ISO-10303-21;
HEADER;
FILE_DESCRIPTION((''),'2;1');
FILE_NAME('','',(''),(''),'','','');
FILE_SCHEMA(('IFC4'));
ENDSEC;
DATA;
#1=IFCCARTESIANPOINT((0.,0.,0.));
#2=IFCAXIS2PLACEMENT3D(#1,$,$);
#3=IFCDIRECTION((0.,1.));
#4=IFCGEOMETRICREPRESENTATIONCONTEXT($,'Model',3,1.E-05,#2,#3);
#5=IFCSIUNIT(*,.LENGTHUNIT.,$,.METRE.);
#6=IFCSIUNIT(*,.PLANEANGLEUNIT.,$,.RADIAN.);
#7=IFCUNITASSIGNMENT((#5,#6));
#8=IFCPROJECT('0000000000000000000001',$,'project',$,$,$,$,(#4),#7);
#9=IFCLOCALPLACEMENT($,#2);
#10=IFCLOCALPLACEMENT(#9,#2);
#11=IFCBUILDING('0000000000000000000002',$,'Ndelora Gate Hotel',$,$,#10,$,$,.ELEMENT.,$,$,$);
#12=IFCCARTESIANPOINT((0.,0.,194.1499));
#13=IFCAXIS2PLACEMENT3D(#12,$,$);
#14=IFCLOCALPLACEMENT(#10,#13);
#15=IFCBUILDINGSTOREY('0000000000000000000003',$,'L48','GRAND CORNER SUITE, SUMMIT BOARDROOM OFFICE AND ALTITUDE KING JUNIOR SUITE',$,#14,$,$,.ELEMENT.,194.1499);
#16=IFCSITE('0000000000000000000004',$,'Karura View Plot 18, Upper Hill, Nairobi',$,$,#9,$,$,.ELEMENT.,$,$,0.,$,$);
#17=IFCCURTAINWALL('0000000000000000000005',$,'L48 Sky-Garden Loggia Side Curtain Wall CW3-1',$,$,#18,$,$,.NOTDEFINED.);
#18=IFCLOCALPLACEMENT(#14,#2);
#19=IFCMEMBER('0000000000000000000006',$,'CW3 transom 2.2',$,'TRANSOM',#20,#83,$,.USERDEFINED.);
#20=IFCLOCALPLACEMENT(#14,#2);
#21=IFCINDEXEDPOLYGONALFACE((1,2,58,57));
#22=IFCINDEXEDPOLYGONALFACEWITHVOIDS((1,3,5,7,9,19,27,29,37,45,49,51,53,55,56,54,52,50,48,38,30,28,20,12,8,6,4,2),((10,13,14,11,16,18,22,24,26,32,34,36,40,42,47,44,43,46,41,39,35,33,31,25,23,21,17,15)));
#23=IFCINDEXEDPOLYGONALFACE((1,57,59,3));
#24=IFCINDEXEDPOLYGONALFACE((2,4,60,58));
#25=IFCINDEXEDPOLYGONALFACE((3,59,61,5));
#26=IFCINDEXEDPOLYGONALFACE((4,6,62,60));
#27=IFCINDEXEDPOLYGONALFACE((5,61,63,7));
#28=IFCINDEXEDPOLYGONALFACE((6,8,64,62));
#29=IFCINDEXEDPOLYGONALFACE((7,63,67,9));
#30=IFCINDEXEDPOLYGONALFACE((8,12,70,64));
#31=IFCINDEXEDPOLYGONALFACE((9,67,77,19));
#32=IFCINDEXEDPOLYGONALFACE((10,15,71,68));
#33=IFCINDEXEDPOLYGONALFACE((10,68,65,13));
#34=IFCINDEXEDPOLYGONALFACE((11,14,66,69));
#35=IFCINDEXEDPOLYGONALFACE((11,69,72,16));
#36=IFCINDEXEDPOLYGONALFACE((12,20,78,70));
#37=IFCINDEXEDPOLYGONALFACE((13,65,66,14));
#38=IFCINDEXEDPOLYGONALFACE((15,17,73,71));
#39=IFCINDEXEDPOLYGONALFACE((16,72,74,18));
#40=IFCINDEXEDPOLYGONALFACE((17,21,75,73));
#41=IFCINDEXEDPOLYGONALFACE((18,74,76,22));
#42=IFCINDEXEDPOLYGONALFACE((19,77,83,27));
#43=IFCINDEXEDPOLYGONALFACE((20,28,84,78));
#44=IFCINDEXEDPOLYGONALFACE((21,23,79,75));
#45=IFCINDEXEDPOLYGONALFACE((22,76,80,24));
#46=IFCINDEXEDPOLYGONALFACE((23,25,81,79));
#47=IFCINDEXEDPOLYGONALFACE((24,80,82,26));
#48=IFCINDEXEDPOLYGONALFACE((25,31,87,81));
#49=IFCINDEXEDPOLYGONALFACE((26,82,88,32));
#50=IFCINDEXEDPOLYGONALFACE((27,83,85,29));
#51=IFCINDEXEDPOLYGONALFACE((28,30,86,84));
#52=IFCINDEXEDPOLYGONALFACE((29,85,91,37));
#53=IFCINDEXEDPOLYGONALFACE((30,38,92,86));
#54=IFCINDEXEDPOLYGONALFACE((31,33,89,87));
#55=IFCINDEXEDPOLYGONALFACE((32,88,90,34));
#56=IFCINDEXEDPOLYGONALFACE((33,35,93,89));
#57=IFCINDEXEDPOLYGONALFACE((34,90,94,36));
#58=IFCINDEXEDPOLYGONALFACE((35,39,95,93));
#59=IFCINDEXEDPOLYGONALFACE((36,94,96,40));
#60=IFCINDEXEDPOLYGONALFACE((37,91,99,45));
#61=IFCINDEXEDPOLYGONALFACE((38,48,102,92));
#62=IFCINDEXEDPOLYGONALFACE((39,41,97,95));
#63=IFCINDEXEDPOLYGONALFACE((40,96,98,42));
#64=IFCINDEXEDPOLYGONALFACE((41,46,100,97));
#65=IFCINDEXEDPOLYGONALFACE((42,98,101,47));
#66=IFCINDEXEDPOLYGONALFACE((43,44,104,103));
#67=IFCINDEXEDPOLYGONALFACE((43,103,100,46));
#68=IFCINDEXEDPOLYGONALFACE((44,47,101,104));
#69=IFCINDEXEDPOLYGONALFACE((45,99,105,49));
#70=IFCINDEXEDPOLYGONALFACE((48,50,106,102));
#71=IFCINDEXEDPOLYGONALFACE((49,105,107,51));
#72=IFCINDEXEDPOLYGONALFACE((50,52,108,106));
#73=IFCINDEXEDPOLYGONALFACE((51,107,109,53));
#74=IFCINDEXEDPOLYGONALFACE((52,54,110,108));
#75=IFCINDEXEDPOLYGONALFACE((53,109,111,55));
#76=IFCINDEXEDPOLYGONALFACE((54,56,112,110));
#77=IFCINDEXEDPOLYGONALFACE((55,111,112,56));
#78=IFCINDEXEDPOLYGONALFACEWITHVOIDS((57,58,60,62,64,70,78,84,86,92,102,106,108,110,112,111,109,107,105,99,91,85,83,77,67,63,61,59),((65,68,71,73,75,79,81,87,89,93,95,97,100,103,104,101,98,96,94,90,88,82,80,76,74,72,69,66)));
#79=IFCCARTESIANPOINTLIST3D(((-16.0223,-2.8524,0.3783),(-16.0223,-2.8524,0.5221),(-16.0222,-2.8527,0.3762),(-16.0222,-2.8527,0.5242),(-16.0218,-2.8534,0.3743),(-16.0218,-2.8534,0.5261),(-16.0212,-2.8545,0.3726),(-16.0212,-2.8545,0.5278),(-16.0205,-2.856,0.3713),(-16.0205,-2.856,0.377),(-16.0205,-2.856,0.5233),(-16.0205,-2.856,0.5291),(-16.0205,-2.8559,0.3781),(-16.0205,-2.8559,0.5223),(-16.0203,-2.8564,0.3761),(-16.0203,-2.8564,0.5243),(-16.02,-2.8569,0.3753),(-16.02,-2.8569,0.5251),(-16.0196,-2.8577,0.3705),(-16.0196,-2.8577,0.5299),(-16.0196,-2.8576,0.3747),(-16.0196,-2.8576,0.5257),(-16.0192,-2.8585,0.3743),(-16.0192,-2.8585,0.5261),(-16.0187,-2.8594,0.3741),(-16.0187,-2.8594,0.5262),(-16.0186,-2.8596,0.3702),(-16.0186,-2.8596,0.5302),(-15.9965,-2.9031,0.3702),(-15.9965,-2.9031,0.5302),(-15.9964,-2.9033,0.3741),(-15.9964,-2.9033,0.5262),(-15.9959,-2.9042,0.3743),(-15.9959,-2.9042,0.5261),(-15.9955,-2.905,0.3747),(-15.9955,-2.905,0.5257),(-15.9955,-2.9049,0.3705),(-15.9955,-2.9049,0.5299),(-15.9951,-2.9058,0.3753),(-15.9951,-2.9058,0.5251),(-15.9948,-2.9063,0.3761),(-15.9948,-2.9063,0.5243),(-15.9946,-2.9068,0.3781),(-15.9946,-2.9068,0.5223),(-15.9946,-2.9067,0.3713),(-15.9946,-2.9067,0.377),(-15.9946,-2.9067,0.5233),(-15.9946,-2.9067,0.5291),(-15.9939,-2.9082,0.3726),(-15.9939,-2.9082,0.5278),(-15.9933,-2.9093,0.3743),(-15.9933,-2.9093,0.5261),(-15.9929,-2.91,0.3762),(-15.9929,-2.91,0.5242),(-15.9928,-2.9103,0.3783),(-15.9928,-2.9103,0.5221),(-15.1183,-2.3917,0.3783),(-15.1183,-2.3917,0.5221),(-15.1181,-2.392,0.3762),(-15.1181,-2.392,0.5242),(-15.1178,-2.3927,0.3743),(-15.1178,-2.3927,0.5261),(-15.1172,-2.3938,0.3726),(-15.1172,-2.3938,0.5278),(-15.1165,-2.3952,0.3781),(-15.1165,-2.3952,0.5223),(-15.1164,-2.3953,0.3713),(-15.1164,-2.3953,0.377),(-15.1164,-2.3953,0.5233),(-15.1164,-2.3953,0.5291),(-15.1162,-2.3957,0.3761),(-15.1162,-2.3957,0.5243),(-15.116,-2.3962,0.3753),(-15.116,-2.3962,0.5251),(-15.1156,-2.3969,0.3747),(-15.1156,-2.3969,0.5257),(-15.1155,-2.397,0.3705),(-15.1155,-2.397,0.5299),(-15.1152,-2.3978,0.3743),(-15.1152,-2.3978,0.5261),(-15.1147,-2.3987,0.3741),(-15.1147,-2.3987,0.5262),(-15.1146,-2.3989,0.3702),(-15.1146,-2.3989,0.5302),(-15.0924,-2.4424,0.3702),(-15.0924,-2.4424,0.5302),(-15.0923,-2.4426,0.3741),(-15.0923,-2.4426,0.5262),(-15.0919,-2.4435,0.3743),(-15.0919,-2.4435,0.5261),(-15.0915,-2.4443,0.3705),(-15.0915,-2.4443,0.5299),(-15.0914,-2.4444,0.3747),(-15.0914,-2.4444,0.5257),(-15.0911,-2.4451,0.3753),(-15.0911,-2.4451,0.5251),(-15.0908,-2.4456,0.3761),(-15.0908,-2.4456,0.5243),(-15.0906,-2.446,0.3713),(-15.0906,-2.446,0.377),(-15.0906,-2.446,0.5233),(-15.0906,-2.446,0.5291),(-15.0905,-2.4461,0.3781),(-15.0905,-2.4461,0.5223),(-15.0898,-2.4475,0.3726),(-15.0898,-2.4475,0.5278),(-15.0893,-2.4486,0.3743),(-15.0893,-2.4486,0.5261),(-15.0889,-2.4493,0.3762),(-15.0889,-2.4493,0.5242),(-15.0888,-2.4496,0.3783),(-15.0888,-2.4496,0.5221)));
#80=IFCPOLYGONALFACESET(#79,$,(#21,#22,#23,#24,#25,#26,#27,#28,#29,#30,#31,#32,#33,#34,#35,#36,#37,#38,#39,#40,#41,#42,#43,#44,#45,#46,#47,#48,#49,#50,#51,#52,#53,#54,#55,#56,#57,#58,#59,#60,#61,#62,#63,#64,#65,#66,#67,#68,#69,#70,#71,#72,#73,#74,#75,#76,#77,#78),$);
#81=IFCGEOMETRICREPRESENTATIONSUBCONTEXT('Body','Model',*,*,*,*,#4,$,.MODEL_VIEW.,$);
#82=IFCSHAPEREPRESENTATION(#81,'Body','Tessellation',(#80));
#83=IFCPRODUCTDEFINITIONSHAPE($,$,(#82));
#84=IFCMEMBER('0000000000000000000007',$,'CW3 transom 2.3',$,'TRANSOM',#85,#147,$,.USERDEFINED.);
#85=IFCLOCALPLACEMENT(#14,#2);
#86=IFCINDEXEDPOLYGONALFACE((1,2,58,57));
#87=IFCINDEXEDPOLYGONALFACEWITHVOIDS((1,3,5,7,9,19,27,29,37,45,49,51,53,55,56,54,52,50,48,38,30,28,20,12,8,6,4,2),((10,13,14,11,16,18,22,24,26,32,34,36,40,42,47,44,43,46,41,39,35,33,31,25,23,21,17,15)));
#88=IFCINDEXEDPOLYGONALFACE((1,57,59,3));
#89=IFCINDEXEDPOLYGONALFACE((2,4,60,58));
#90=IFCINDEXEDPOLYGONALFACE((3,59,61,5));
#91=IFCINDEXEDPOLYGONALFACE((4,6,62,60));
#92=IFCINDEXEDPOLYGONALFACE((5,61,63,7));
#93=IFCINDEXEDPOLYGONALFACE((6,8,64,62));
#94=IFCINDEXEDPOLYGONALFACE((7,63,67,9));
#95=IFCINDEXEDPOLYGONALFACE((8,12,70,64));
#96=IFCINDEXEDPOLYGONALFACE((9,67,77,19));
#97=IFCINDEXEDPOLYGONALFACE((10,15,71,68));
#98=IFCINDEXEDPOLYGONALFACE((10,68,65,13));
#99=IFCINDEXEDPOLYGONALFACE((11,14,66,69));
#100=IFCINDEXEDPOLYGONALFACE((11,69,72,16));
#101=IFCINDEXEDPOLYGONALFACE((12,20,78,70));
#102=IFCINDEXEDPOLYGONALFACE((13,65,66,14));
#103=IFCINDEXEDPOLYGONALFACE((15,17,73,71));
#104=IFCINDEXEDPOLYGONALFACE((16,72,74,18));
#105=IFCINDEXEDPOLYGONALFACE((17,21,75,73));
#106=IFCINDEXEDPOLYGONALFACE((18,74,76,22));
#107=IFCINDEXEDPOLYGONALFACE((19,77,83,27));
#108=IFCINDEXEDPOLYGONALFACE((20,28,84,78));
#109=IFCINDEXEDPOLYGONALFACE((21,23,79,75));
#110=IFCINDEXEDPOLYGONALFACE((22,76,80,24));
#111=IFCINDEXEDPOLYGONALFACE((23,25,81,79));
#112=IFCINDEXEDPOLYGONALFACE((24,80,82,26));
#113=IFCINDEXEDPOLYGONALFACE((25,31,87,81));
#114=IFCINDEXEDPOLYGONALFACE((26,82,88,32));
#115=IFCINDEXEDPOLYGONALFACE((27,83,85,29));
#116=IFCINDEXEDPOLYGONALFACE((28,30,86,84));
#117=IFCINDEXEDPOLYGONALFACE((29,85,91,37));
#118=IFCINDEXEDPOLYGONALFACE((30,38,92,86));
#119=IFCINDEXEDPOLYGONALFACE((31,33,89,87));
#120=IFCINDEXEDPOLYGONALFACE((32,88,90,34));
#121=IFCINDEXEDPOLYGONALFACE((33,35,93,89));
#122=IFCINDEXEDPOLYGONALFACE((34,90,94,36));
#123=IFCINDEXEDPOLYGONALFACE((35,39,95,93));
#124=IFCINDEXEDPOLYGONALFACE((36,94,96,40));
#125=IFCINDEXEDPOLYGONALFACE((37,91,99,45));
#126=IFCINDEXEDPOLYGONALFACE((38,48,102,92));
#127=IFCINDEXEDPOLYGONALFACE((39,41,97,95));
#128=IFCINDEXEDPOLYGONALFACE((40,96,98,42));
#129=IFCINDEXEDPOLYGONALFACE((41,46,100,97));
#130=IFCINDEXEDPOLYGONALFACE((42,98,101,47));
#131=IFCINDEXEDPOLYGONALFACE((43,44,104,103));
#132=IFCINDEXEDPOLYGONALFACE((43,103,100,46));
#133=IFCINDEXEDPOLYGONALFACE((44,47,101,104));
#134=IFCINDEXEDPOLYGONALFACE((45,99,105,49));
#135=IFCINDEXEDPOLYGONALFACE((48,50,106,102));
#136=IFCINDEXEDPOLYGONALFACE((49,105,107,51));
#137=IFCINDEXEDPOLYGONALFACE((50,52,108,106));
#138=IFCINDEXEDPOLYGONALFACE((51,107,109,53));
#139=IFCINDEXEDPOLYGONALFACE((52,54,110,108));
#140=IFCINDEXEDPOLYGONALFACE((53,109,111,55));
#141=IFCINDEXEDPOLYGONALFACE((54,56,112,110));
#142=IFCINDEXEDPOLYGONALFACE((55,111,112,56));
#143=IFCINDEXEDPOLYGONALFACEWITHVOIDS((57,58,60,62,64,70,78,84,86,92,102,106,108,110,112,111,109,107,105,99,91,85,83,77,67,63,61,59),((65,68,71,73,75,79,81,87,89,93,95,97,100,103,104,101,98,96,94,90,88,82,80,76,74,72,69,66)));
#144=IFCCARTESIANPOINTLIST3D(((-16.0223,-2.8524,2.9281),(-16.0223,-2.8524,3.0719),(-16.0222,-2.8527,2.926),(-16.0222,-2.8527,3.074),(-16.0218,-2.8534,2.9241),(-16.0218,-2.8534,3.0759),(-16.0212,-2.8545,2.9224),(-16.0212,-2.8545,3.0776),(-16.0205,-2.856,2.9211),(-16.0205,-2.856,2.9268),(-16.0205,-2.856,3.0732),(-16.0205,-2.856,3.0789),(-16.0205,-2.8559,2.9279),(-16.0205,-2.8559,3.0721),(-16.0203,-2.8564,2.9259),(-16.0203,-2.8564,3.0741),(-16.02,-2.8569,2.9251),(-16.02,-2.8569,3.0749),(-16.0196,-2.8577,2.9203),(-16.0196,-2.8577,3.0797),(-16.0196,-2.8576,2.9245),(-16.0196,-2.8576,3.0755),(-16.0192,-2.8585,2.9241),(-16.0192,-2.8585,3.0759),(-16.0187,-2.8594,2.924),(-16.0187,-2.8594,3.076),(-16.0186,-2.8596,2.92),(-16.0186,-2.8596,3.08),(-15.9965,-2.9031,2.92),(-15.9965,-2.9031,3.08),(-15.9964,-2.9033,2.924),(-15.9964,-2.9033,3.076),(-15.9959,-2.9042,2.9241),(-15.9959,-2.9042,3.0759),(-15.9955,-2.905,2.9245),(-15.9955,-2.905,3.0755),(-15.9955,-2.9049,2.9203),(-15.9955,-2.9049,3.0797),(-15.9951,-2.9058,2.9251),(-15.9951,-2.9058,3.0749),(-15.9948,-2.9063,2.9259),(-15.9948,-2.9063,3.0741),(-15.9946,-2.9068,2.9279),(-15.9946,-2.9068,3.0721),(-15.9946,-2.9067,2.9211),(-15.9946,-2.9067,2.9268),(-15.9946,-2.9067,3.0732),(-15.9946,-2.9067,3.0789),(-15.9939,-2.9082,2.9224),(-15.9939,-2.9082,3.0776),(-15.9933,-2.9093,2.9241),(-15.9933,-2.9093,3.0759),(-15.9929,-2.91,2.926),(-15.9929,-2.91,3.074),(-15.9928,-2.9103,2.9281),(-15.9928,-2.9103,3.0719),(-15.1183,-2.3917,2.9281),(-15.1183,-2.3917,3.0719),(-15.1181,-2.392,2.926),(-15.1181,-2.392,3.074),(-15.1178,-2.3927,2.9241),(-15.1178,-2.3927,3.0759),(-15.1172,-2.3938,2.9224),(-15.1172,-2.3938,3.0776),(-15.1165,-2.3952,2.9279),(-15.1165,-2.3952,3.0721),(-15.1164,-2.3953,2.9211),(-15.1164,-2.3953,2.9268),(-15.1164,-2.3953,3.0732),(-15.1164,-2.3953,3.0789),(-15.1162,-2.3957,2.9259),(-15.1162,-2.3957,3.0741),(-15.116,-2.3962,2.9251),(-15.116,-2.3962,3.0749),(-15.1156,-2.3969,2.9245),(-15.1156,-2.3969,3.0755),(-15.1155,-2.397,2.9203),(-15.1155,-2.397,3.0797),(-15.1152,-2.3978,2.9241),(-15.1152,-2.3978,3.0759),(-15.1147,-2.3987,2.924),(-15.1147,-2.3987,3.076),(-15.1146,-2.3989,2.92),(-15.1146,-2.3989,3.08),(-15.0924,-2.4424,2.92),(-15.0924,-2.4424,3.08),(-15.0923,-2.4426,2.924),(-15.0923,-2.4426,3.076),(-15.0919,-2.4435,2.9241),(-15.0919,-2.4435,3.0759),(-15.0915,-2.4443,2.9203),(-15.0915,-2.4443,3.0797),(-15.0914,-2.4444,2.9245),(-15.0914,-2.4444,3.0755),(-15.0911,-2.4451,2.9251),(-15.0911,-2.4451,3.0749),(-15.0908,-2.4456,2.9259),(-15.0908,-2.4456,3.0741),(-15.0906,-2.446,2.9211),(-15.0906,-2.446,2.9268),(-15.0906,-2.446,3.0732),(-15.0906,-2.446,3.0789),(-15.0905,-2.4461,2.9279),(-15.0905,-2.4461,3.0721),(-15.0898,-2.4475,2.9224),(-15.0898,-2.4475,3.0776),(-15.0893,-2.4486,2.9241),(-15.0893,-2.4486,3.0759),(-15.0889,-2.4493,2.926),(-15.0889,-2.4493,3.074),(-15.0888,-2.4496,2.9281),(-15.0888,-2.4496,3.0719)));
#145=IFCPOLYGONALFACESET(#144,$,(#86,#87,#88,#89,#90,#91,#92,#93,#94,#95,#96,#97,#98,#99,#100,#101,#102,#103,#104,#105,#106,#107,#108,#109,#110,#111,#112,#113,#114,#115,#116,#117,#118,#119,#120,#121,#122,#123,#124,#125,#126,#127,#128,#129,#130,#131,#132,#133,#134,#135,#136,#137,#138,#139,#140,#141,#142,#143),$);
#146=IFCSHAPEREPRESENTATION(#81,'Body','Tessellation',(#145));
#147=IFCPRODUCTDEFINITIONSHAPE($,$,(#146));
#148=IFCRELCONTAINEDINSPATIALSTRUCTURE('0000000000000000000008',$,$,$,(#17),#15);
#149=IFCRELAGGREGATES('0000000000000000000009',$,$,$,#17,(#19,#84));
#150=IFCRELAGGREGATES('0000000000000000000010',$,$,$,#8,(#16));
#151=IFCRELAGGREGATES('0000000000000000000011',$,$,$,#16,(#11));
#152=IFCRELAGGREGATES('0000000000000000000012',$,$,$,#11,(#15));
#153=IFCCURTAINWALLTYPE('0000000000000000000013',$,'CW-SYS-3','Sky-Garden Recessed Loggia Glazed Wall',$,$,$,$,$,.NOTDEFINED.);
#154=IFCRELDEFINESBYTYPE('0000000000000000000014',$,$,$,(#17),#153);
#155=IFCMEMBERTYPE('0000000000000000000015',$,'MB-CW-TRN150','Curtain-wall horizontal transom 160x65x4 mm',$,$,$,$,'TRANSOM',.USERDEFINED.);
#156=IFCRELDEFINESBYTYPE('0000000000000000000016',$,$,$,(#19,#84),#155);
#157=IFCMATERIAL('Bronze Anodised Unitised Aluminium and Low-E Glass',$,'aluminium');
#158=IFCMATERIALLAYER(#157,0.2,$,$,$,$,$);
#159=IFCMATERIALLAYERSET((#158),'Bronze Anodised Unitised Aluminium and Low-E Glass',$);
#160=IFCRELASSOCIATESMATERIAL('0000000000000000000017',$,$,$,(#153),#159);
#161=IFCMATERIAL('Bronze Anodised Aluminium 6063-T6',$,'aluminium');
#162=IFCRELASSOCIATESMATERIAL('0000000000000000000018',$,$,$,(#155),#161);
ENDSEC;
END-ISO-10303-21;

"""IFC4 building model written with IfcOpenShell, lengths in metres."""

from ifc_helpers import new_model, si_unit, direction, frame, origin, origin_2d, place, context, subcontext, project, spatial, hollow_rectangle, extrude, material, layer, layer_set, material_profile, profile_set, type_object, element, aggregate, save


model = new_model("IFC4")

# Units and contexts
model_context = context("Model", 3, precision=1e-05, world=origin(), true_north=direction((0.0, 1.0)))
body_context = subcontext(model_context, "Body", "Model", "MODEL_VIEW")
ifc_project = project(units=[si_unit("LENGTHUNIT", "METRE"), si_unit("PLANEANGLEUNIT", "RADIAN")], contexts=[model_context])

# Site, building, storey
site_placement = place(None, origin())
site = spatial("IfcSite", under=ifc_project, at=site_placement, Name="Karura View Plot 18, Upper Hill, Nairobi", CompositionType="ELEMENT", RefElevation=0.0)
building_placement = place(site_placement, origin())
building = spatial("IfcBuilding", under=site, at=building_placement, Name="Ndelora Gate Hotel", CompositionType="ELEMENT")
storey_placement = place(building_placement, frame((0.0, 0.0, 194.1499)))
storey = spatial("IfcBuildingStorey", under=building, at=storey_placement, Name="L48", Description="GRAND CORNER SUITE, SUMMIT BOARDROOM OFFICE AND ALTITUDE KING JUNIOR SUITE", CompositionType="ELEMENT", Elevation=194.1499)

# Curtain wall, members
ifc_material_1 = material(Name="Bronze Anodised Unitised Aluminium and Low-E Glass", Category="aluminium")
ifc_layer_1 = layer(ifc_material_1, 0.2)
ifc_layer_set_1 = layer_set([ifc_layer_1], Name="Bronze Anodised Unitised Aluminium and Low-E Glass")
curtain_wall_type = type_object("IfcCurtainWallType", Name="CW-SYS-3", Description="Sky-Garden Recessed Loggia Glazed Wall", PredefinedType="NOTDEFINED", material=ifc_layer_set_1)
curtain_wall_placement = place(storey_placement, origin())
curtain_wall = element("IfcCurtainWall", 1, at=curtain_wall_placement, inside=storey, type_object=curtain_wall_type, Name="L48 Sky-Garden Loggia Side Curtain Wall CW3-1", PredefinedType="NOTDEFINED")
ifc_material_2 = material(Name="Bronze Anodised Aluminium 6063-T6", Category="aluminium")
ifc_material_profile_1 = material_profile(ifc_material_2, hollow_rectangle(XDim=0.0649, YDim=0.1599, WallThickness=0.0039, InnerFilletRadius=0.0039, OuterFilletRadius=0.0081, at=origin_2d()), Name="ALU 160x65x4")
ifc_profile_set_1 = profile_set([ifc_material_profile_1], Name="Bronze Anodised Aluminium 6063-T6")
member_type_1 = type_object("IfcMemberType", Name="MB-CW-TRN150", Description="Curtain-wall horizontal transom 160x65x4 mm", ElementType="TRANSOM", PredefinedType="USERDEFINED", material=ifc_profile_set_1)
member_1_placement = place(storey_placement, frame((-15.1035, -2.4207, 0.4502), z_axis=(-0.890984, -0.454034, 0.0), x_axis=(0.454034, -0.890984, 0.0)))
member_1 = element("IfcMember", 2, at=member_1_placement, type_object=member_type_1, Name="CW3 transom 2.2", ObjectType="TRANSOM", PredefinedType="USERDEFINED", context=body_context, shape_type="SweptSolid", body=[
    extrude(hollow_rectangle(XDim=0.0649, YDim=0.1599, WallThickness=0.0039, InnerFilletRadius=0.0039, OuterFilletRadius=0.0081, at=origin_2d()), origin(), (0.0, 0.0, 1.0), 1.0146),
])
member_2_placement = place(storey_placement, frame((-15.1035, -2.4207, 3.0), z_axis=(-0.890984, -0.454034, 0.0), x_axis=(0.454034, -0.890984, 0.0)))
member_2 = element("IfcMember", 3, at=member_2_placement, type_object=member_type_1, Name="CW3 transom 2.3", ObjectType="TRANSOM", PredefinedType="USERDEFINED", context=body_context, shape_type="SweptSolid", body=[
    extrude(hollow_rectangle(XDim=0.0649, YDim=0.1599, WallThickness=0.0039, InnerFilletRadius=0.0039, OuterFilletRadius=0.0081, at=origin_2d()), origin(), (0.0, 0.0, 1.0), 1.0146),
])
aggregate(curtain_wall, [member_1, member_2])

save(model, "model.ifc")
